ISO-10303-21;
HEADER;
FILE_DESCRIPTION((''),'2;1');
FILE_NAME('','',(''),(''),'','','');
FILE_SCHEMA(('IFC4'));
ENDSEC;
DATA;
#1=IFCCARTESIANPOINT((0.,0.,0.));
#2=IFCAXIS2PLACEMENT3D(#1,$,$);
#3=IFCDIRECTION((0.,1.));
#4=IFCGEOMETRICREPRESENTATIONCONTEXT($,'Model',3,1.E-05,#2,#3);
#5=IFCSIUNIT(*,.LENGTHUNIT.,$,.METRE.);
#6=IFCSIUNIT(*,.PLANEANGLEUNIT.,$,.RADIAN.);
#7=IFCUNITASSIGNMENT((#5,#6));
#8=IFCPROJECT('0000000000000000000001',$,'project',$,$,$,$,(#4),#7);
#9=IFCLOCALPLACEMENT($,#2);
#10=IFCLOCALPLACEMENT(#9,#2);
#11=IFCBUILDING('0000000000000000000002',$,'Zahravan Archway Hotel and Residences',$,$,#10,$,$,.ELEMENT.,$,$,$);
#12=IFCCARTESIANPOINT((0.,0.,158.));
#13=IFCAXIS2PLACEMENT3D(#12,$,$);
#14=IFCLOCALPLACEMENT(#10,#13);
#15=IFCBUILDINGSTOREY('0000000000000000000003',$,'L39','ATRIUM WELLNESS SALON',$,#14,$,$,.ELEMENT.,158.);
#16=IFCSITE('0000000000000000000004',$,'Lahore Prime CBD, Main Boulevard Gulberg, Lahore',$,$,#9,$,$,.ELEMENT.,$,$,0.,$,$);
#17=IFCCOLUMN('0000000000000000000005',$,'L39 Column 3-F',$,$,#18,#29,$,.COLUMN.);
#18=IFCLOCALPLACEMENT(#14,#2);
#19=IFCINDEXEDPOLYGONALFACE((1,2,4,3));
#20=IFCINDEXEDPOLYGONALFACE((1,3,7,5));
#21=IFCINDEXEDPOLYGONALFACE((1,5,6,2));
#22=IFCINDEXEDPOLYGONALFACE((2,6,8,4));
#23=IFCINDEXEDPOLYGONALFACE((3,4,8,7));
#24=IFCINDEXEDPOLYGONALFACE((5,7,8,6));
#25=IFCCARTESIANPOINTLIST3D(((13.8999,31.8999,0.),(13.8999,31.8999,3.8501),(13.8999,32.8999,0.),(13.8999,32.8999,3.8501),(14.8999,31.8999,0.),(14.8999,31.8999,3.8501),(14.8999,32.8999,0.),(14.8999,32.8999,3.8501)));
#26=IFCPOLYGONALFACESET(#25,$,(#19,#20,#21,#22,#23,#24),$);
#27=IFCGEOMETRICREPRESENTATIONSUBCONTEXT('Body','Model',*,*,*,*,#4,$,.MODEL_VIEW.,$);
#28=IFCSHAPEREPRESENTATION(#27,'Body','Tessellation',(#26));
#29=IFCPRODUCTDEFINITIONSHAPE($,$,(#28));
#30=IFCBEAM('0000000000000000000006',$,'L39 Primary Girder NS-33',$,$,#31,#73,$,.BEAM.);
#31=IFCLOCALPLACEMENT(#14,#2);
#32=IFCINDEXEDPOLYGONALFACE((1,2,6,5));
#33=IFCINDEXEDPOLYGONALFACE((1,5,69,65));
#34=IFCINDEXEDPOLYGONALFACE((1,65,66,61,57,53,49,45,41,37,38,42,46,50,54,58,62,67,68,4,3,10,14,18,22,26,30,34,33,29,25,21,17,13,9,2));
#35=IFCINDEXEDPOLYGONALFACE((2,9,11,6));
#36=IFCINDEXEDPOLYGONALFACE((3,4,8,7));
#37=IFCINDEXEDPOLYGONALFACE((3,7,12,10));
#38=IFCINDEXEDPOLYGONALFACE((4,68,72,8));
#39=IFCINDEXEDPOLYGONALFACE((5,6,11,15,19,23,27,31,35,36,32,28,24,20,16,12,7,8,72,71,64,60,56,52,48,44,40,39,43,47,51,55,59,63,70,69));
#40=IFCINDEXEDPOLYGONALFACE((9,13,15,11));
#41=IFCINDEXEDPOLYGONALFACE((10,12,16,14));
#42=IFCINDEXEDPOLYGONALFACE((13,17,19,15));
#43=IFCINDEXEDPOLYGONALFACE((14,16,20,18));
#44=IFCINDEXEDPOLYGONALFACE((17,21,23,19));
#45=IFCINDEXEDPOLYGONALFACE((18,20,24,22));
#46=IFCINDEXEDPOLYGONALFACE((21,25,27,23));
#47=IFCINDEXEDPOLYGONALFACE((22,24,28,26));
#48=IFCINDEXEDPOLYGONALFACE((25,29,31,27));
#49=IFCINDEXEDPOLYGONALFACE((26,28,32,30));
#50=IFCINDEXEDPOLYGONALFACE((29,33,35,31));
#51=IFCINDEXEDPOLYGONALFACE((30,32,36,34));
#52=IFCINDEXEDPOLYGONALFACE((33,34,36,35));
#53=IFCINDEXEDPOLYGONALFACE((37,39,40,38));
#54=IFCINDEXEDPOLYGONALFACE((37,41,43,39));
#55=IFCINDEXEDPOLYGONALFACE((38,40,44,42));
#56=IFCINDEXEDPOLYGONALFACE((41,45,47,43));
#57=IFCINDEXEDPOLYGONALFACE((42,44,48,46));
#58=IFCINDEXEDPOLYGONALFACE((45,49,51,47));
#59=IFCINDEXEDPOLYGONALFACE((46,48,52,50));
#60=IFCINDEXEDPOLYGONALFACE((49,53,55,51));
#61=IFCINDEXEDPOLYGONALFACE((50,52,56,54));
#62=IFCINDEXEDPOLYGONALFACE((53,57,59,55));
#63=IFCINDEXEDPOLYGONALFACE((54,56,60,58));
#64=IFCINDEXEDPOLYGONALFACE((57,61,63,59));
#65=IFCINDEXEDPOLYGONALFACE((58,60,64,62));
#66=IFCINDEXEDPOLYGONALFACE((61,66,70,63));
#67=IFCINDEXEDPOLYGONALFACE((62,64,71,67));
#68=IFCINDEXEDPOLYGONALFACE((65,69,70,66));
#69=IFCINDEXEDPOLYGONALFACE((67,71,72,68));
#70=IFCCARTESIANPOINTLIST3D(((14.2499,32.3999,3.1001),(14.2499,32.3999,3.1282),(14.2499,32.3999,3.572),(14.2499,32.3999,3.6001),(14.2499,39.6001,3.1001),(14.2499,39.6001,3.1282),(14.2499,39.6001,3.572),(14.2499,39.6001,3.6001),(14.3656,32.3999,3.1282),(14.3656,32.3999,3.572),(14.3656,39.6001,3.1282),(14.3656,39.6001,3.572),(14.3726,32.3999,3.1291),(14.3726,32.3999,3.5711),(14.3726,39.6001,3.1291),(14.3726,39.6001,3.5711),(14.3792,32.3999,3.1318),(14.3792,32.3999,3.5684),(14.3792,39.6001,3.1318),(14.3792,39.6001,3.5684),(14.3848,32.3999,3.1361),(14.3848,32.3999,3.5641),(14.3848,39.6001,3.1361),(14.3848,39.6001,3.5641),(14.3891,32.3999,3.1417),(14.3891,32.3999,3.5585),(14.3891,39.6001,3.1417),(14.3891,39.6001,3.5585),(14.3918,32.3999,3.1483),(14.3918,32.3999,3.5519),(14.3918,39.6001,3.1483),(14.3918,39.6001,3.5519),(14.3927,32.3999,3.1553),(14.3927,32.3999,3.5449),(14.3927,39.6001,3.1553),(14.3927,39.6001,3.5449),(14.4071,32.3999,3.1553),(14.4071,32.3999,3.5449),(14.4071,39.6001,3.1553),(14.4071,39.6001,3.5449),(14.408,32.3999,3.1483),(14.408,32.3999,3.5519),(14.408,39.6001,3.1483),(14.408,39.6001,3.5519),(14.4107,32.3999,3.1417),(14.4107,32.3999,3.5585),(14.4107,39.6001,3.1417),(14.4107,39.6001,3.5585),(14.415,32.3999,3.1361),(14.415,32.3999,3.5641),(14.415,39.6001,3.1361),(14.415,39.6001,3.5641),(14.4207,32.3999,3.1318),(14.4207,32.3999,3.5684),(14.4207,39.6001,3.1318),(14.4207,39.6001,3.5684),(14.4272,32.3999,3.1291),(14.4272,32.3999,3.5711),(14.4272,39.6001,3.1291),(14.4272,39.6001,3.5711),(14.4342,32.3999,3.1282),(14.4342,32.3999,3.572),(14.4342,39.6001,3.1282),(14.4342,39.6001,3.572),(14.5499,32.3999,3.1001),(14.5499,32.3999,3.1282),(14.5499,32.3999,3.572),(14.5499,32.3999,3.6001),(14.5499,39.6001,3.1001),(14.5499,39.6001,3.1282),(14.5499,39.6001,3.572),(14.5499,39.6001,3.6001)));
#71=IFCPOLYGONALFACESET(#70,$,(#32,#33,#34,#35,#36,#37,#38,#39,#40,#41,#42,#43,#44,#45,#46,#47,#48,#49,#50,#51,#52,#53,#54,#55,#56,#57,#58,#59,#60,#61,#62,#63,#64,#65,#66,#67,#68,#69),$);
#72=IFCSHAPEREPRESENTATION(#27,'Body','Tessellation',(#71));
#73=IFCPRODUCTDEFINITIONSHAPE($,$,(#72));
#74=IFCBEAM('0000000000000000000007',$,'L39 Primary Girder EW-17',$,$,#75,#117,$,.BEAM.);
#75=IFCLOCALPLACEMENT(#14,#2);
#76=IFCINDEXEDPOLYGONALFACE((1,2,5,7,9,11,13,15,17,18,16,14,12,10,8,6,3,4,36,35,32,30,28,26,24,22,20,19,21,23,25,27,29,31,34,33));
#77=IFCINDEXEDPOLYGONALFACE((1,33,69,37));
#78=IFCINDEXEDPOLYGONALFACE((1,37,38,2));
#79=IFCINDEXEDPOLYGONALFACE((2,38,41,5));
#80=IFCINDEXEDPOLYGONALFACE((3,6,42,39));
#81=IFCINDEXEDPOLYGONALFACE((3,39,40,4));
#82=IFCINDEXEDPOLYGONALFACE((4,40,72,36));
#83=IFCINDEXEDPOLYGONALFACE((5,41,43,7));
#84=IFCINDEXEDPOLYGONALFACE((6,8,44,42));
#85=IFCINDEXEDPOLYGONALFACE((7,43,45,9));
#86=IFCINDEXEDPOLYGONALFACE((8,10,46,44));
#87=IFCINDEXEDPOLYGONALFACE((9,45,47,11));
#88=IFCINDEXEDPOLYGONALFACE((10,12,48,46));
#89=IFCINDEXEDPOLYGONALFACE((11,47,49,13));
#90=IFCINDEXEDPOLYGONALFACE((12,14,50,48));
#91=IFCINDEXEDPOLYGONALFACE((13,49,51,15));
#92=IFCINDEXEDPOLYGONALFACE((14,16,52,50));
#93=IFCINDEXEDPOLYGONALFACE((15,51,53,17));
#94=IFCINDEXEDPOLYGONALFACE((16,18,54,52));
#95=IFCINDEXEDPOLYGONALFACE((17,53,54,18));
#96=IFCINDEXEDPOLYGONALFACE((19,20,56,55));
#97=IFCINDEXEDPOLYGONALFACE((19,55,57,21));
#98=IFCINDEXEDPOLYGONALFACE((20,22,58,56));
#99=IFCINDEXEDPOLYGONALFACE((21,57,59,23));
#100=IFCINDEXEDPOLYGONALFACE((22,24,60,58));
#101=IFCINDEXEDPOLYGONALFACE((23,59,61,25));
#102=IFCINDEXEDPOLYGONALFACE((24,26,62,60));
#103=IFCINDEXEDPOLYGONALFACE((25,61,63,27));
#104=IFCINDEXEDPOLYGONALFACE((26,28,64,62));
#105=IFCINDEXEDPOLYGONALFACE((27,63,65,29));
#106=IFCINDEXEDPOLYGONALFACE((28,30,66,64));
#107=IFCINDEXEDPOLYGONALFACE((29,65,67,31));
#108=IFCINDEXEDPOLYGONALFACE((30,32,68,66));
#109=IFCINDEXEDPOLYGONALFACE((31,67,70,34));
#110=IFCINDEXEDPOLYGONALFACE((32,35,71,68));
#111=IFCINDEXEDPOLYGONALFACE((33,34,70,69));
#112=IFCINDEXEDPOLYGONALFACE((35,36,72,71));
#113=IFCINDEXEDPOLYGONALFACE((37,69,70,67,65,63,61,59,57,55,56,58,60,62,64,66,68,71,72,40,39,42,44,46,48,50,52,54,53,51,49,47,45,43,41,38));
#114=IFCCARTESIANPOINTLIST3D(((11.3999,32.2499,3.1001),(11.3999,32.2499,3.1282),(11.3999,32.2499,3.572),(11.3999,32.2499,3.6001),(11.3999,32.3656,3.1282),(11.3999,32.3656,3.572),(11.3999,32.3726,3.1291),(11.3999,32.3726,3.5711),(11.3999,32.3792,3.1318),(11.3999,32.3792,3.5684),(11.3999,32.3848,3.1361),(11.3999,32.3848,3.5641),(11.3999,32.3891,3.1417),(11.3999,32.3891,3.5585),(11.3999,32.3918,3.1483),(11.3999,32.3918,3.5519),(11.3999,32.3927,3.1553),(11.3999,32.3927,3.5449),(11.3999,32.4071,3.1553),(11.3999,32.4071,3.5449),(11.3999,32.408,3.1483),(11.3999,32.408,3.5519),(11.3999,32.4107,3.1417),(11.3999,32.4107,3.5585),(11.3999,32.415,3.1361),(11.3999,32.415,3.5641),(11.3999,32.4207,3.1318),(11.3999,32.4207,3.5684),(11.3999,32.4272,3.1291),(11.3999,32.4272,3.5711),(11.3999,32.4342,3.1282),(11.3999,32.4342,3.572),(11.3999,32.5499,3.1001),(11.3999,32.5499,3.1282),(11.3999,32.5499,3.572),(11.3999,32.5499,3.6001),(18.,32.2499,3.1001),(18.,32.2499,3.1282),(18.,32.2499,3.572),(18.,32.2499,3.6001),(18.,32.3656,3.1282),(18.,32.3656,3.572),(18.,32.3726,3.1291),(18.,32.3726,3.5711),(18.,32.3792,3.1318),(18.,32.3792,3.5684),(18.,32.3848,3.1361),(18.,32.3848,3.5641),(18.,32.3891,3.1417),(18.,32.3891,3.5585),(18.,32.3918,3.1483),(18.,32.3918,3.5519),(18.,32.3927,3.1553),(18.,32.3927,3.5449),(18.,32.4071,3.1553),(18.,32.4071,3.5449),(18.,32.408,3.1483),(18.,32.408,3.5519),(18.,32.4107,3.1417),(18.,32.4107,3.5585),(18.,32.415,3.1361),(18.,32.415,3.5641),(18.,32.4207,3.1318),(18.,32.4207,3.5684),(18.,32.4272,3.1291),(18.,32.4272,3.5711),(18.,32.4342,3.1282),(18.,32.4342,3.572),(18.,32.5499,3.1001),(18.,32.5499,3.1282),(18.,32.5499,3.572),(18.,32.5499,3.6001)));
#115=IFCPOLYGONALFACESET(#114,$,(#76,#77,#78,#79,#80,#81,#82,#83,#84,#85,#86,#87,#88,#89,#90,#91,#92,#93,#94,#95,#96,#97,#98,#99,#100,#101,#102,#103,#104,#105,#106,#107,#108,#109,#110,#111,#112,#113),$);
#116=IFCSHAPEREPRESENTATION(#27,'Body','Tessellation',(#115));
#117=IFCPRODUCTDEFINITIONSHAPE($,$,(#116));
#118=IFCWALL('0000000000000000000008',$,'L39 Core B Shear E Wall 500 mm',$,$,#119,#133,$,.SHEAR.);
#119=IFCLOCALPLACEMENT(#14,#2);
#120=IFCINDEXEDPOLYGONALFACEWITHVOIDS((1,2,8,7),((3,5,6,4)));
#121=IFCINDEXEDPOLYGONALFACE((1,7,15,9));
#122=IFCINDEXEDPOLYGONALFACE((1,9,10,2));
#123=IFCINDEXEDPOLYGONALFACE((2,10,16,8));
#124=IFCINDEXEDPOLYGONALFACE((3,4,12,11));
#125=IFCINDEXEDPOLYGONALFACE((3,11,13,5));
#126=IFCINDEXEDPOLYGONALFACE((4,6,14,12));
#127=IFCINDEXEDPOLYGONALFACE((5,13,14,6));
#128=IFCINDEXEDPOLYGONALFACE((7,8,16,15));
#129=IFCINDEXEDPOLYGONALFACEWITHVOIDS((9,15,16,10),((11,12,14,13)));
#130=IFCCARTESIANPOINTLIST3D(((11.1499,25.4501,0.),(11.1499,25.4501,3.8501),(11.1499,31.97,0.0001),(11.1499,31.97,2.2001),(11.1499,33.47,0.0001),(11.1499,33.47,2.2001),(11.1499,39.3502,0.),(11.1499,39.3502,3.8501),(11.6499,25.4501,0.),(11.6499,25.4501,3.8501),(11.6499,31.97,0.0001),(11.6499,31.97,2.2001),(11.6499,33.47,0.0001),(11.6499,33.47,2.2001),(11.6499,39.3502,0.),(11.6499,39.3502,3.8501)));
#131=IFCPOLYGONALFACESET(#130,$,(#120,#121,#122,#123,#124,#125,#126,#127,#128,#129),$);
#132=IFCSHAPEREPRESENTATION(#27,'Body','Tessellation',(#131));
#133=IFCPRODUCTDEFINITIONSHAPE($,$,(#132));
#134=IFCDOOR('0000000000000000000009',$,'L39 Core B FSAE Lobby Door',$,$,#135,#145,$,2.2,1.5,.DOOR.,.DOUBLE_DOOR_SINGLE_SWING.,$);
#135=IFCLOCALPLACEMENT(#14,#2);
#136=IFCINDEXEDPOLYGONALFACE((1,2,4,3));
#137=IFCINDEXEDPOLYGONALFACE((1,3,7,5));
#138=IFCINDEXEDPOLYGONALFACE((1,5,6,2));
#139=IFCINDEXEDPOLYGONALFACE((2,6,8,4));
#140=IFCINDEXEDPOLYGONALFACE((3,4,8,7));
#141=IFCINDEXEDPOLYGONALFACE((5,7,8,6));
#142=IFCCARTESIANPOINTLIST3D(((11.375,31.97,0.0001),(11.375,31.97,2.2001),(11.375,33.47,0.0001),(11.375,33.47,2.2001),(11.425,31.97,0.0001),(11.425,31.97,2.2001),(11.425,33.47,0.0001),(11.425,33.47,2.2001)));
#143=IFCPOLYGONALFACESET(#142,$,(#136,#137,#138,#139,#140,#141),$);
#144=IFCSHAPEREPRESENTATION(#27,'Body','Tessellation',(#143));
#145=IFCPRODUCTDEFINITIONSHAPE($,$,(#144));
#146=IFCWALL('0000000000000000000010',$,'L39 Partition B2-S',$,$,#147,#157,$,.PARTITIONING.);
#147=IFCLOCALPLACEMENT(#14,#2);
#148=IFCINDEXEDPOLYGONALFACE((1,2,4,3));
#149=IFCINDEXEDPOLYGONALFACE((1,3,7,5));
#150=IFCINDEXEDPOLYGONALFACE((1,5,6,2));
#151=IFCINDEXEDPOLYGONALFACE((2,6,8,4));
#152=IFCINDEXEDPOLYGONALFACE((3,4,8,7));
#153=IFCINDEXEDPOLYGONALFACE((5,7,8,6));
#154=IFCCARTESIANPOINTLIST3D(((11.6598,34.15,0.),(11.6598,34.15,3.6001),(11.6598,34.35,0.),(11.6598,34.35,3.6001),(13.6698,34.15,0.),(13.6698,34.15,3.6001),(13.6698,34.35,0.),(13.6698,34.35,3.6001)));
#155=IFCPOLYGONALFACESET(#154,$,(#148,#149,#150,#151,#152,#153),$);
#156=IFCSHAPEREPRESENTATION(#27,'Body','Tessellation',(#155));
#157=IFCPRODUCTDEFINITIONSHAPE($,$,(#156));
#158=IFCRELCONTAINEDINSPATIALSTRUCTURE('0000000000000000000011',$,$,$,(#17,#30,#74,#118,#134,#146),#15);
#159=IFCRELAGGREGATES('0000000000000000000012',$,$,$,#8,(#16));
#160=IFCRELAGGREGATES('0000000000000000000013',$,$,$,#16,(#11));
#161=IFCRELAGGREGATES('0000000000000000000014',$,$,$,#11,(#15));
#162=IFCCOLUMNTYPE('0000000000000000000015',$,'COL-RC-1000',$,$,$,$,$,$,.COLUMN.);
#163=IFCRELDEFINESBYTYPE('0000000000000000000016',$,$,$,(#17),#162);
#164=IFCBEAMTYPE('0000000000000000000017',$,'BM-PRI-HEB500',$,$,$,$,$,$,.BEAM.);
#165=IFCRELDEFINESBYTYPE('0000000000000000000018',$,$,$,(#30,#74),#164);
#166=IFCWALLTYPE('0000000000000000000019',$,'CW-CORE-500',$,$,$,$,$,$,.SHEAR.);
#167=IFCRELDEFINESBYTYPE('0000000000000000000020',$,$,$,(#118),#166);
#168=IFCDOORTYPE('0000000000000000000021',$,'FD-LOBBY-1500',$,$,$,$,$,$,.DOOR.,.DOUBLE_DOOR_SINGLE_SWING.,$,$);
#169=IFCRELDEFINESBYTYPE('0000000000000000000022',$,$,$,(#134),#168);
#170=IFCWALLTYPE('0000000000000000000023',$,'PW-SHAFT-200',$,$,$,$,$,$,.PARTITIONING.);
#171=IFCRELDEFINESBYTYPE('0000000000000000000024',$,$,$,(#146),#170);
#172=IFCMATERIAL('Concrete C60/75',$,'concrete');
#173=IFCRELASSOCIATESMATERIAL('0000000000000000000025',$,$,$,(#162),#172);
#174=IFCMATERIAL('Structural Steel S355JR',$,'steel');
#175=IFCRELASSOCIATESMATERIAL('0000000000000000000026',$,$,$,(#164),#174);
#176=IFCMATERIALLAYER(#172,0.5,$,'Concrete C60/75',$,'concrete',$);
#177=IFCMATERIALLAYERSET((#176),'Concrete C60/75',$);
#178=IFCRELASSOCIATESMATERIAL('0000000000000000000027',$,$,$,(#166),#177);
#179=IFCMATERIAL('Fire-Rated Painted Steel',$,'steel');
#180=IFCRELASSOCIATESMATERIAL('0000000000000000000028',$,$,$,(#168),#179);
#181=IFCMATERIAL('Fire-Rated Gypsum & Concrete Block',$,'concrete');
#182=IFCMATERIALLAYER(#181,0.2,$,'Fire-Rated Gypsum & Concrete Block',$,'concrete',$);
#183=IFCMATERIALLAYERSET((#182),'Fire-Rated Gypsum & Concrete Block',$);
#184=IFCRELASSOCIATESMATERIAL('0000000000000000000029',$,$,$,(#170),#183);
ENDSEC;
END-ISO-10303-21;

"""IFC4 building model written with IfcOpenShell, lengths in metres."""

from ifc_helpers import new_model, si_unit, direction, frame, frame_2d, origin, origin_2d, place, context, subcontext, project, spatial, rectangle, i_section, extrude, source, transform, mapped, material, layer, layer_set, material_profile, profile_set, type_object, type_shapes, element, fill, save


model = new_model("IFC4")

# Units and contexts
model_context = context("Model", 3, precision=1e-05, world=origin(), true_north=direction((0.0, 1.0)))
body_context = subcontext(model_context, "Body", "Model", "MODEL_VIEW")
ifc_project = project(units=[si_unit("LENGTHUNIT", "METRE"), si_unit("PLANEANGLEUNIT", "RADIAN")], contexts=[model_context])

# Site, building, storey
site_placement = place(None, origin())
site = spatial("IfcSite", under=ifc_project, at=site_placement, Name="Lahore Prime CBD, Main Boulevard Gulberg, Lahore", CompositionType="ELEMENT", RefElevation=0.0)
building_placement = place(site_placement, origin())
building = spatial("IfcBuilding", under=site, at=building_placement, Name="Zahravan Archway Hotel and Residences", CompositionType="ELEMENT")
storey_placement = place(building_placement, frame((0.0, 0.0, 158.0)))
storey = spatial("IfcBuildingStorey", under=building, at=storey_placement, Name="L39", Description="ATRIUM WELLNESS SALON", CompositionType="ELEMENT", Elevation=158.0)

# Column
ifc_material_1 = material(Name="Concrete C60/75", Category="concrete")
ifc_material_profile_1 = material_profile(ifc_material_1, rectangle(XDim=1.0, YDim=1.0, at=origin_2d()), Name="RC-COL-1000x1000", Category="concrete")
ifc_profile_set_1 = profile_set([ifc_material_profile_1], Name="Concrete C60/75")
column_type = type_object("IfcColumnType", Name="COL-RC-1000", PredefinedType="COLUMN", material=ifc_profile_set_1)
shared_shape_1 = source(origin(), body_context, "Body", "SweptSolid", [
    extrude(rectangle(XDim=1.0, YDim=1.0, at=origin_2d()), origin(), (0.0, 0.0, 1.0), 3.8501),
])
column_placement = place(storey_placement, frame((14.3999, 32.3999, 0.0), z_axis=(0.0, 0.0, 1.0), x_axis=(1.0, 0.0, 0.0)))
element("IfcColumn", 1, at=column_placement, inside=storey, type_object=column_type, Name="L39 Column 3-F", PredefinedType="COLUMN", context=body_context, shape_type="MappedRepresentation", body=[
    mapped(shared_shape_1, transform((0.0, 0.0, 0.0), scale=1.0)),
])

# Beams
ifc_material_2 = material(Name="Structural Steel S355JR", Category="steel")
ifc_material_profile_2 = material_profile(ifc_material_2, i_section(OverallWidth=0.3, OverallDepth=0.5, WebThickness=0.0144, FlangeThickness=0.0281, FilletRadius=0.0271, at=origin_2d()), Name="HEB 500", Category="steel")
ifc_profile_set_2 = profile_set([ifc_material_profile_2], Name="Structural Steel S355JR")
beam_type = type_object("IfcBeamType", Name="BM-PRI-HEB500", PredefinedType="BEAM", material=ifc_profile_set_2)
shared_shape_2 = source(origin(), body_context, "Body", "SweptSolid", [
    extrude(i_section(OverallWidth=0.3, OverallDepth=0.5, WebThickness=0.0144, FlangeThickness=0.0281, FilletRadius=0.0271, at=origin_2d()), origin(), (0.0, 0.0, 1.0), 7.2002),
])
type_shapes(beam_type, [shared_shape_2])
beam_1_placement = place(storey_placement, frame((14.3999, 32.3999, 3.3501), z_axis=(0.0, 1.0, 0.0), x_axis=(-1.0, 0.0, 0.0)))
element("IfcBeam", 2, at=beam_1_placement, inside=storey, type_object=beam_type, Name="L39 Primary Girder NS-33", PredefinedType="BEAM", context=body_context, shape_type="MappedRepresentation", body=[
    mapped(shared_shape_2, transform((0.0, 0.0, 0.0), scale=1.0)),
])
shared_shape_3 = source(origin(), body_context, "Body", "SweptSolid", [
    extrude(i_section(OverallWidth=0.3, OverallDepth=0.5, WebThickness=0.0144, FlangeThickness=0.0281, FilletRadius=0.0271, at=origin_2d()), origin(), (0.0, 0.0, 1.0), 6.6001),
])
beam_2_placement = place(storey_placement, frame((11.3999, 32.3999, 3.3501), z_axis=(1.0, 0.0, 0.0), x_axis=(0.0, 1.0, 0.0)))
element("IfcBeam", 3, at=beam_2_placement, inside=storey, type_object=beam_type, Name="L39 Primary Girder EW-17", PredefinedType="BEAM", context=body_context, shape_type="MappedRepresentation", body=[
    mapped(shared_shape_3, transform((0.0, 0.0, 0.0), scale=1.0)),
])

# Wall, opening, door
ifc_layer_1 = layer(ifc_material_1, 0.5, Name="Concrete C60/75", Category="concrete")
ifc_layer_set_1 = layer_set([ifc_layer_1], Name="Concrete C60/75")
wall_type_1 = type_object("IfcWallType", Name="CW-CORE-500", PredefinedType="SHEAR", material=ifc_layer_set_1)
wall_1_placement = place(storey_placement, frame((11.3999, 25.45, 0.0), z_axis=(0.0, 0.0, 1.0), x_axis=(0.0, 1.0, 0.0)))
wall_1 = element("IfcWall", 4, at=wall_1_placement, inside=storey, type_object=wall_type_1, Name="L39 Core B Shear E Wall 500 mm", PredefinedType="SHEAR", context=body_context, shape_type="SweptSolid", body=[
    extrude(rectangle(XDim=13.9001, YDim=0.5, at=frame_2d((6.9502, 0.0))), origin(), (0.0, 0.0, 1.0), 3.8501),
])
opening_1_placement = place(wall_1_placement, frame((6.52, 0.0, 0.0)))
opening_1 = element("IfcOpeningElement", 5, at=opening_1_placement, cuts=wall_1, PredefinedType="OPENING", context=body_context, shape_type="SweptSolid", body=[
    extrude(rectangle(XDim=1.5, YDim=2.2, at=frame_2d((0.75, 1.1001))), frame((0.0, 0.26, 0.0), z_axis=(0.0, -1.0, 0.0), x_axis=(1.0, 0.0, 0.0)), (0.0, 0.0, 1.0), 0.52),
])
ifc_material_3 = material(Name="Fire-Rated Painted Steel", Category="steel")
door_type_1 = type_object("IfcDoorType", Name="FD-LOBBY-1500", OperationType="DOUBLE_DOOR_SINGLE_SWING", PredefinedType="DOOR", material=ifc_material_3)
shared_shape_4 = source(origin(), body_context, "Body", "SweptSolid", [
    extrude(rectangle(XDim=1.5, YDim=2.2, at=frame_2d((0.75, 1.1001))), frame((0.0, 0.0249, 0.0), z_axis=(0.0, -1.0, 0.0), x_axis=(1.0, 0.0, 0.0)), (0.0, 0.0, 1.0), 0.05),
])
type_shapes(door_type_1, [shared_shape_4])
door_1_placement = place(opening_1_placement, origin())
door_1 = element("IfcDoor", 6, at=door_1_placement, inside=storey, type_object=door_type_1, Name="L39 Core B FSAE Lobby Door", OperationType="DOUBLE_DOOR_SINGLE_SWING", OverallHeight=2.2, OverallWidth=1.5, PredefinedType="DOOR", context=body_context, shape_type="MappedRepresentation", body=[
    mapped(shared_shape_4, transform((0.0, 0.0, 0.0), scale=1.0)),
])
fill(opening_1, door_1)

# Wall
ifc_material_4 = material(Name="Fire-Rated Gypsum & Concrete Block", Category="concrete")
ifc_layer_2 = layer(ifc_material_4, 0.2, Name="Fire-Rated Gypsum & Concrete Block", Category="concrete")
ifc_layer_set_2 = layer_set([ifc_layer_2], Name="Fire-Rated Gypsum & Concrete Block")
wall_type_2 = type_object("IfcWallType", Name="PW-SHAFT-200", PredefinedType="PARTITIONING", material=ifc_layer_set_2)
wall_2_placement = place(storey_placement, frame((11.6599, 34.25, 0.0), z_axis=(0.0, 0.0, 1.0), x_axis=(1.0, 0.0, 0.0)))
element("IfcWall", 7, at=wall_2_placement, inside=storey, type_object=wall_type_2, Name="L39 Partition B2-S", PredefinedType="PARTITIONING", context=body_context, shape_type="SweptSolid", body=[
    extrude(rectangle(XDim=2.01, YDim=0.2, at=frame_2d((1.0049, 0.0))), origin(), (0.0, 0.0, 1.0), 3.6001),
])

save(model, "model.ifc")
